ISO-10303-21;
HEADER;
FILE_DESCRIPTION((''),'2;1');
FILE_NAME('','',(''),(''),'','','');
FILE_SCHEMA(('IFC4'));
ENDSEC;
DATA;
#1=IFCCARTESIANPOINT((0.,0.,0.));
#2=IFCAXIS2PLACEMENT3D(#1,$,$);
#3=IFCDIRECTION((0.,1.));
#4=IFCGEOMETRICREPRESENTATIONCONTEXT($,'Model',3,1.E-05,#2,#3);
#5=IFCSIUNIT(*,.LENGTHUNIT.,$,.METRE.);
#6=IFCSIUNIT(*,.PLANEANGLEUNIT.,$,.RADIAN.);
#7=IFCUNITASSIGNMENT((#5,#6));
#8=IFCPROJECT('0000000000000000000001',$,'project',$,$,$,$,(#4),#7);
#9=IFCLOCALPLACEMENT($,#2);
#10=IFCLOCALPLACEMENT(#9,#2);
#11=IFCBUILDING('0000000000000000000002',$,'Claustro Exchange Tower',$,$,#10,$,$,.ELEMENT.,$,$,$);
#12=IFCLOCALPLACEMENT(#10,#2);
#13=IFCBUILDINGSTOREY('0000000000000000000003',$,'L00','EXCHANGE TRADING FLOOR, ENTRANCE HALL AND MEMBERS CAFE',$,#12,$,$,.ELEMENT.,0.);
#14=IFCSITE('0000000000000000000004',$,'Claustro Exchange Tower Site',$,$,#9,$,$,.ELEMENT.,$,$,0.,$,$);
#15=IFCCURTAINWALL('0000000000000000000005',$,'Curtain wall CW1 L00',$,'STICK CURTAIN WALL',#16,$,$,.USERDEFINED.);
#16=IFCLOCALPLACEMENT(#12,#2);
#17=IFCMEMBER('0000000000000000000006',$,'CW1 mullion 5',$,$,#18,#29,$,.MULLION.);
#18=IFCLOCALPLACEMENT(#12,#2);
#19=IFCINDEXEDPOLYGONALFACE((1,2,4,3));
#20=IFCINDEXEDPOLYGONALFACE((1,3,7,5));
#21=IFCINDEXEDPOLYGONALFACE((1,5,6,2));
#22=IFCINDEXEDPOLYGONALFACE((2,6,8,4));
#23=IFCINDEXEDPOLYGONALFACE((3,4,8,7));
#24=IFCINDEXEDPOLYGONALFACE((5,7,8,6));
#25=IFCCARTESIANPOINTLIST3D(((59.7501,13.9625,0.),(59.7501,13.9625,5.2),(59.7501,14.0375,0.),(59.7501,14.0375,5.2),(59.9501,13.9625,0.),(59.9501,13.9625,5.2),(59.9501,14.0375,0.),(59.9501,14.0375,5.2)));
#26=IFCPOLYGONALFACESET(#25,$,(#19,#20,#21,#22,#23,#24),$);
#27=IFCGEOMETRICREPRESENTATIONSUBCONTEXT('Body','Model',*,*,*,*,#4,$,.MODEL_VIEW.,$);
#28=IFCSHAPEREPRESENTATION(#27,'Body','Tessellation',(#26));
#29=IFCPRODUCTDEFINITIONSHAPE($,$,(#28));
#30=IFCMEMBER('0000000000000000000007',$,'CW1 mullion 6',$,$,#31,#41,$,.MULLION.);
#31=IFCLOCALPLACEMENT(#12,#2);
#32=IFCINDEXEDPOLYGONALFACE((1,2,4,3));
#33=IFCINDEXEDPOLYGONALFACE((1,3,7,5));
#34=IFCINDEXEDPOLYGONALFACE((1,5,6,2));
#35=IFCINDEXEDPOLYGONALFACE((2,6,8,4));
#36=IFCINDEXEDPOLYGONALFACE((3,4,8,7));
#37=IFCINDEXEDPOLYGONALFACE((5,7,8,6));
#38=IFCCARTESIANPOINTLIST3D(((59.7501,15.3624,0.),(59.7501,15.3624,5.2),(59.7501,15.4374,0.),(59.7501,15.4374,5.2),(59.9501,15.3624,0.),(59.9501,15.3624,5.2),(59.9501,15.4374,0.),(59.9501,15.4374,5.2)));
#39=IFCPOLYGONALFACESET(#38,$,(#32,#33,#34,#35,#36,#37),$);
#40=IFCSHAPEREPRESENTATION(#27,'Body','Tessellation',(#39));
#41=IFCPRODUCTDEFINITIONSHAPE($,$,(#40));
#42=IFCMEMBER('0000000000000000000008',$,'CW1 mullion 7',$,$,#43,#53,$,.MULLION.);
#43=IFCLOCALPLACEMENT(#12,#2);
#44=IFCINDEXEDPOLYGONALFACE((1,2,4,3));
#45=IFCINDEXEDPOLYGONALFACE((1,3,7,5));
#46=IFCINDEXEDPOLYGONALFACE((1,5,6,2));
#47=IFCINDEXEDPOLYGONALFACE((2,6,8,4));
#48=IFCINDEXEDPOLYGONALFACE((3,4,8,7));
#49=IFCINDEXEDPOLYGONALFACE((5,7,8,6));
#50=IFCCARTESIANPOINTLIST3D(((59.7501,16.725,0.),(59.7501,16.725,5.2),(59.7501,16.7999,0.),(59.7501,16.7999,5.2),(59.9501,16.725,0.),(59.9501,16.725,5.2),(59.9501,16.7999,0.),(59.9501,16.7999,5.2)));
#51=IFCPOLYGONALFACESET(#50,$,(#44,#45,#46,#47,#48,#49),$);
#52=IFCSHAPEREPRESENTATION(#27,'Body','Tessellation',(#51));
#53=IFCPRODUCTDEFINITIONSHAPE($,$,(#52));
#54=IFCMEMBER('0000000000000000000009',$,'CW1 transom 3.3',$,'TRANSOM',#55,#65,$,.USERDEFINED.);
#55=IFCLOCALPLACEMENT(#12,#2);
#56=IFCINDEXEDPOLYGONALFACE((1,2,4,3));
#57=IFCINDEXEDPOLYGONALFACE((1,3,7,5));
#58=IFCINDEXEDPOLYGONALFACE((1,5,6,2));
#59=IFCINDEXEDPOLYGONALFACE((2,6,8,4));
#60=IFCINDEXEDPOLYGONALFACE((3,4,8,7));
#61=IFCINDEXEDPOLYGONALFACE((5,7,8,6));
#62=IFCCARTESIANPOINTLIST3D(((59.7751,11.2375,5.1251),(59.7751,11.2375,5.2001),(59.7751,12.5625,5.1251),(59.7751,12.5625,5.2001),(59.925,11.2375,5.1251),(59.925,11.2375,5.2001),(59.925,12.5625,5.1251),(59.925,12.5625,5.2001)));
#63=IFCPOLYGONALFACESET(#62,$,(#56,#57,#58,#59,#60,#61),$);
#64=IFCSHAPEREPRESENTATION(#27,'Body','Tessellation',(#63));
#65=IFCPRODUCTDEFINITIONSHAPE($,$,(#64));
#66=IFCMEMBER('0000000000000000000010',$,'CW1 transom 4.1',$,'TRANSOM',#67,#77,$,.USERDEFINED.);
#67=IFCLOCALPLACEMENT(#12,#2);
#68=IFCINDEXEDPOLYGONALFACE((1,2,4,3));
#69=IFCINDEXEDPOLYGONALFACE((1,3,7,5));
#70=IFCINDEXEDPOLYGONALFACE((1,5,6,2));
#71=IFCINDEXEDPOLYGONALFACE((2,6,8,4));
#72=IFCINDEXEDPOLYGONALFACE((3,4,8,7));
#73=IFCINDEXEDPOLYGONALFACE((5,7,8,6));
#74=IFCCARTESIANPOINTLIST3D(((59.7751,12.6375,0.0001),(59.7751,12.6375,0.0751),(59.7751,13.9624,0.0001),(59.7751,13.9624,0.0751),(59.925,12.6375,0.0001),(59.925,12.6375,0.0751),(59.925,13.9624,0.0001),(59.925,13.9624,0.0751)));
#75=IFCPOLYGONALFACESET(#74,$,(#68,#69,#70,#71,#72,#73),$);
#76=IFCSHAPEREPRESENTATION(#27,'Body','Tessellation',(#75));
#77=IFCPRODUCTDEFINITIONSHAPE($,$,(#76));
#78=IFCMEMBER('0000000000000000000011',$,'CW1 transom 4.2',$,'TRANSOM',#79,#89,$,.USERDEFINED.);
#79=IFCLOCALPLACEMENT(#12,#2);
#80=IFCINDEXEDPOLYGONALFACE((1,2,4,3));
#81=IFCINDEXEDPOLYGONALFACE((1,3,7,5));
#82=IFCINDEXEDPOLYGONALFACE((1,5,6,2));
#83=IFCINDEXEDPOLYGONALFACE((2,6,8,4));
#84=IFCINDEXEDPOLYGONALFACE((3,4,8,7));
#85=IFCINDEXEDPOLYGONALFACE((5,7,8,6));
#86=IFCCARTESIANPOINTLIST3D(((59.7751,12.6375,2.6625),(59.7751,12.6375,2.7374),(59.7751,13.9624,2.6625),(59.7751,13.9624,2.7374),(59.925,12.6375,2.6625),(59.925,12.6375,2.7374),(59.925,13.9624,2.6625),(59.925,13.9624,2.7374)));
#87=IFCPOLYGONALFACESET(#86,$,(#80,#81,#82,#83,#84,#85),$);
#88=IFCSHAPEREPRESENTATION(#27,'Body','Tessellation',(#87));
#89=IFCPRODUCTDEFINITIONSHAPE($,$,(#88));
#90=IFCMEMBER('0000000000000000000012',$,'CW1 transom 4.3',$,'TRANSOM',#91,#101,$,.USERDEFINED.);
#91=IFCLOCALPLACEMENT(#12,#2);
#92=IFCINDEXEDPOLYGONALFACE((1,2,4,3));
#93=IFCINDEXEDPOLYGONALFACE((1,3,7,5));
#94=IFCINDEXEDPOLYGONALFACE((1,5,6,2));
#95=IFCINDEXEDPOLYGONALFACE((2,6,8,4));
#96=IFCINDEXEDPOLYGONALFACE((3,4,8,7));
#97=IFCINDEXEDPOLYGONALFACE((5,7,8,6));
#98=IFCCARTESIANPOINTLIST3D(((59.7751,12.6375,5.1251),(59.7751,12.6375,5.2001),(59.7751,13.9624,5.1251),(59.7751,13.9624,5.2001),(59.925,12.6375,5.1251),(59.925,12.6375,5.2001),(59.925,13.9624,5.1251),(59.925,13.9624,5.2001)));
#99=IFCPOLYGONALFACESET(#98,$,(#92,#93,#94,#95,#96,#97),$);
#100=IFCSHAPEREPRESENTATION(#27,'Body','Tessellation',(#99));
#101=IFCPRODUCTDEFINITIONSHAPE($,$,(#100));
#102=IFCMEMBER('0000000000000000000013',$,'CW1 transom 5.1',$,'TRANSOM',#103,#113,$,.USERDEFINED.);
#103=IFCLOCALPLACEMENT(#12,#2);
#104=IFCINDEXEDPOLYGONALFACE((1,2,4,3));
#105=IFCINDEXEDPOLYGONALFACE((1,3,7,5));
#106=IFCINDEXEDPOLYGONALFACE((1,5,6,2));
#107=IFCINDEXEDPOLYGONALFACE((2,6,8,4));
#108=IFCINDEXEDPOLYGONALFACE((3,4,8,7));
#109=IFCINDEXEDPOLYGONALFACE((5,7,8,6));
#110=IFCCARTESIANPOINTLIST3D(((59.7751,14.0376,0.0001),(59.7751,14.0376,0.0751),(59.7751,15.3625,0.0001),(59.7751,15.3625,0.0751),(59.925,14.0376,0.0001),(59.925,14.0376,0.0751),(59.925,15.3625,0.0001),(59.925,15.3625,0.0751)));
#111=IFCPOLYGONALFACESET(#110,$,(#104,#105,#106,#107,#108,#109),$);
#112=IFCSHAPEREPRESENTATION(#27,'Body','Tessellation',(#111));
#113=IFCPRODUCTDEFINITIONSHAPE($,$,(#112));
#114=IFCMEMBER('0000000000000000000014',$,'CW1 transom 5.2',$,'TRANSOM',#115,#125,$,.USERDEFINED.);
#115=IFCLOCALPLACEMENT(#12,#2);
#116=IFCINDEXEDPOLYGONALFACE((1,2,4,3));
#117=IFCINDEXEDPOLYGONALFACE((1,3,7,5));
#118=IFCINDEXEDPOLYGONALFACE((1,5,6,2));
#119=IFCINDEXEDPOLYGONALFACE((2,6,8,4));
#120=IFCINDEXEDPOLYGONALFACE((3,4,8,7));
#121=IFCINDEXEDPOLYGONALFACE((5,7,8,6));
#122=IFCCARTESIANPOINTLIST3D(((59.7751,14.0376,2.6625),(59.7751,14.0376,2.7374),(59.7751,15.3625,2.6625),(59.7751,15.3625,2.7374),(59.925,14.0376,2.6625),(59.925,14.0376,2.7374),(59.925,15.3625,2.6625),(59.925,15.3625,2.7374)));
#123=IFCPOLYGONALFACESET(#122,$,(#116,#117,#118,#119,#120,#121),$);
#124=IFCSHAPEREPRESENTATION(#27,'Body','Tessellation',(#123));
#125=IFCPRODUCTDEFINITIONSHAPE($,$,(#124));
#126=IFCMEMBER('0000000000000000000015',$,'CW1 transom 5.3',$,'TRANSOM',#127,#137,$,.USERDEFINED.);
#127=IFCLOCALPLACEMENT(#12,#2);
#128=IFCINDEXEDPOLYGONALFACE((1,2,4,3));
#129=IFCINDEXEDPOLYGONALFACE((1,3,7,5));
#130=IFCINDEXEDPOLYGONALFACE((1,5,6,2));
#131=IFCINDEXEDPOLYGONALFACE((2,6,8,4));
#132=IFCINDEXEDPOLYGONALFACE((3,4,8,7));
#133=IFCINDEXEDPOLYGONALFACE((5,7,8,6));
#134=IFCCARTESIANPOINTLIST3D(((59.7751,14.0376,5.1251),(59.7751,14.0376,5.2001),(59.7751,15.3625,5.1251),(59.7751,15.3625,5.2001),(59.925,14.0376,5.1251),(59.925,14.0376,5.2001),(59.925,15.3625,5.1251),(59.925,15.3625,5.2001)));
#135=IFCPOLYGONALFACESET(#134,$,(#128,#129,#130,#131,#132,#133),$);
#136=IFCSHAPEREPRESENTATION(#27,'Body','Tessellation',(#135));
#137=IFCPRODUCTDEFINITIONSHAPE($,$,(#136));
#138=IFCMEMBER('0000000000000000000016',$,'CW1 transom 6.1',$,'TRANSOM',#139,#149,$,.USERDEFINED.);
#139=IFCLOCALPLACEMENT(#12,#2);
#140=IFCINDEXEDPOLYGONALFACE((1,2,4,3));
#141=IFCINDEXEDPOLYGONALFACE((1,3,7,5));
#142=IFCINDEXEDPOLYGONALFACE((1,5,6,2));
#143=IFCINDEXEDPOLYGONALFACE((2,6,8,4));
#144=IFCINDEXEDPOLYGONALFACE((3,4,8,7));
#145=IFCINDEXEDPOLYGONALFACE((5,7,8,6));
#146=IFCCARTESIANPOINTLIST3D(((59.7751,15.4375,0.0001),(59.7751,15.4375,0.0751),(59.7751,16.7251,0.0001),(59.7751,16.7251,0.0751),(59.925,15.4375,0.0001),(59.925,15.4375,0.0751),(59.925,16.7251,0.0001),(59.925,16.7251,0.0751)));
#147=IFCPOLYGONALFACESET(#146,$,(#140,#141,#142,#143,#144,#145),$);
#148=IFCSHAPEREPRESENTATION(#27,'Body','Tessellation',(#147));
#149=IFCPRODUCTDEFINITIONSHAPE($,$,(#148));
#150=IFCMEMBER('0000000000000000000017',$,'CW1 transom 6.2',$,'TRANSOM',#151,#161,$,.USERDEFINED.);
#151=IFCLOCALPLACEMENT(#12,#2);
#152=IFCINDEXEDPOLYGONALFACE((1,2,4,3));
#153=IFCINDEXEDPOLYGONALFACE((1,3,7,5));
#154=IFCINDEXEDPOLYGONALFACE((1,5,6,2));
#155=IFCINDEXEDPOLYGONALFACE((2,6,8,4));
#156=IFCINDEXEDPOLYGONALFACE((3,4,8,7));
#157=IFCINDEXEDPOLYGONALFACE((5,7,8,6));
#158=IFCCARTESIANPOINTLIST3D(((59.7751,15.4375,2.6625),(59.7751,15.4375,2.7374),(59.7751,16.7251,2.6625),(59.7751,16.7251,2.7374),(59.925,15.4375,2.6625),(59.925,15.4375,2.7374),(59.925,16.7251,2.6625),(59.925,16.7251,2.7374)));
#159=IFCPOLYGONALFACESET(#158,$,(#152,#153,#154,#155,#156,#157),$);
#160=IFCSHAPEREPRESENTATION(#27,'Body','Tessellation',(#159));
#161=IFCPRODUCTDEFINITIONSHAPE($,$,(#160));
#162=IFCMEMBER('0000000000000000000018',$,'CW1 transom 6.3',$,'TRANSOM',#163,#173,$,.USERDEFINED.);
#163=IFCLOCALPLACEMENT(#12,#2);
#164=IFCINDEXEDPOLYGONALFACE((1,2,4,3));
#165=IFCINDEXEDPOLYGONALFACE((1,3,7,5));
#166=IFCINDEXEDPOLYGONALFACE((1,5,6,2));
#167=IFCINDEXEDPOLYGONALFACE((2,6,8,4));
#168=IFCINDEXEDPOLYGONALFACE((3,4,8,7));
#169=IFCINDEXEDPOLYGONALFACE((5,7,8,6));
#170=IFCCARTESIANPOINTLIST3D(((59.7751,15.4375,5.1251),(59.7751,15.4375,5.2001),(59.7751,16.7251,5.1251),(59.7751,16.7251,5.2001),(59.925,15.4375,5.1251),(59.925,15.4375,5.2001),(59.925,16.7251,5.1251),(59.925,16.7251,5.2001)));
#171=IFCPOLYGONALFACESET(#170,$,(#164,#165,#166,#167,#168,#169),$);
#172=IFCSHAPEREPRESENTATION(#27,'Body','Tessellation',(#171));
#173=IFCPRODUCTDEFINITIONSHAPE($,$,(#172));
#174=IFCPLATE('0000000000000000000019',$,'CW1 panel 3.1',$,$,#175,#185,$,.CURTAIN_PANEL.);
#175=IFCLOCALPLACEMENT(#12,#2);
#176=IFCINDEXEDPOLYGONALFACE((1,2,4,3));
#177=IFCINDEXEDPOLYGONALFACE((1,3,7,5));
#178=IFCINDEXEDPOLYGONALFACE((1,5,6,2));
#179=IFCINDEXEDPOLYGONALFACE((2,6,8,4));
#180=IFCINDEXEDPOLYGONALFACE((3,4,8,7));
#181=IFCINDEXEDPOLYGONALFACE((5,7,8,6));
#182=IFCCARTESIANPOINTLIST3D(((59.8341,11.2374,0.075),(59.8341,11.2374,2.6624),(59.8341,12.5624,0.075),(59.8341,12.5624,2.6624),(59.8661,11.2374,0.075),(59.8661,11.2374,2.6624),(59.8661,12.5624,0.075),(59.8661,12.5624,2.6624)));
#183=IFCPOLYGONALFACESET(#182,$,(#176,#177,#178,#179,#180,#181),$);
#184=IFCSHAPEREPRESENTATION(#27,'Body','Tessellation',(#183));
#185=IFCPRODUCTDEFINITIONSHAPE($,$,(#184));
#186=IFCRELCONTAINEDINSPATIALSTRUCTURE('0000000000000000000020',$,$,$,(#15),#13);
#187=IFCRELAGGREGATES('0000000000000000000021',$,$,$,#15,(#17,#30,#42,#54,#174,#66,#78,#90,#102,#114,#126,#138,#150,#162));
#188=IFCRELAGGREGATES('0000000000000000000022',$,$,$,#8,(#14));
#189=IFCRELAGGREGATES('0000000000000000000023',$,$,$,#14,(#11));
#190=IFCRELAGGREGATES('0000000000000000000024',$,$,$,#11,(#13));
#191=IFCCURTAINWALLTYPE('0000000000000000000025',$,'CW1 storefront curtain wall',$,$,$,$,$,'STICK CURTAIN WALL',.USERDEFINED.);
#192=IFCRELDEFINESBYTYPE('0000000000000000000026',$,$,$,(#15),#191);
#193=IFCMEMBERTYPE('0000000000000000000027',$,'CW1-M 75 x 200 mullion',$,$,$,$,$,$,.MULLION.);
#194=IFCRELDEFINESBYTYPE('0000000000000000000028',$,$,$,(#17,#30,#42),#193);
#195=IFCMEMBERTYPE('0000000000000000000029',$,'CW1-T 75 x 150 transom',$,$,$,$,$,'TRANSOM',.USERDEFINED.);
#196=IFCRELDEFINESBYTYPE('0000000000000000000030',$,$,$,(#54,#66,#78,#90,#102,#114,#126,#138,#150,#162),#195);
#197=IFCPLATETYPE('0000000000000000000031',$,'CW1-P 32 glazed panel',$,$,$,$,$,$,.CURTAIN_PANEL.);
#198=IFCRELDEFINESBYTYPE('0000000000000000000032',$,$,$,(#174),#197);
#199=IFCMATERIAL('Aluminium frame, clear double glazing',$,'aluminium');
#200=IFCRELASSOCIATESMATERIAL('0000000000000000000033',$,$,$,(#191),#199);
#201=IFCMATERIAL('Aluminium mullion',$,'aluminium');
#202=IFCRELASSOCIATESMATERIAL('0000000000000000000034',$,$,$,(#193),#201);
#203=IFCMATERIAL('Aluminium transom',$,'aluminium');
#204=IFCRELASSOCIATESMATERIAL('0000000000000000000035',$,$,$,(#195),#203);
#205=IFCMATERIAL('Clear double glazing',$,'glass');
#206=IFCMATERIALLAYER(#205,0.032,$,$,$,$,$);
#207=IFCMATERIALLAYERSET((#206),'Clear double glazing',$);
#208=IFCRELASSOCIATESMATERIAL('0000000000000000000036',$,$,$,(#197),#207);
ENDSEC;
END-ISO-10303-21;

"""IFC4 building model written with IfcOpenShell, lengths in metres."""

from ifc_helpers import new_model, si_unit, direction, frame, origin, origin_2d, place, context, subcontext, project, spatial, rectangle, extrude, material, layer, layer_set, material_profile, profile_set, type_object, element, aggregate, save


model = new_model("IFC4")

# Units and contexts
model_context = context("Model", 3, precision=1e-05, world=origin(), true_north=direction((0.0, 1.0)))
body_context = subcontext(model_context, "Body", "Model", "MODEL_VIEW")
ifc_project = project(units=[si_unit("LENGTHUNIT", "METRE"), si_unit("PLANEANGLEUNIT", "RADIAN")], contexts=[model_context])

# Site, building, storey
site_placement = place(None, origin())
site = spatial("IfcSite", under=ifc_project, at=site_placement, Name="Claustro Exchange Tower Site", CompositionType="ELEMENT", RefElevation=0.0)
building_placement = place(site_placement, origin())
building = spatial("IfcBuilding", under=site, at=building_placement, Name="Claustro Exchange Tower", CompositionType="ELEMENT")
storey_placement = place(building_placement, origin())
storey = spatial("IfcBuildingStorey", under=building, at=storey_placement, Name="L00", Description="EXCHANGE TRADING FLOOR, ENTRANCE HALL AND MEMBERS CAFE", CompositionType="ELEMENT", Elevation=0.0)

# Curtain wall, members, plate
ifc_material_1 = material(Name="Aluminium frame, clear double glazing", Category="aluminium")
curtain_wall_type = type_object("IfcCurtainWallType", Name="CW1 storefront curtain wall", ElementType="STICK CURTAIN WALL", PredefinedType="USERDEFINED", material=ifc_material_1)
curtain_wall_placement = place(storey_placement, origin())
curtain_wall = element("IfcCurtainWall", 1, at=curtain_wall_placement, inside=storey, type_object=curtain_wall_type, Name="Curtain wall CW1 L00", ObjectType="STICK CURTAIN WALL", PredefinedType="USERDEFINED")
ifc_material_2 = material(Name="Aluminium mullion", Category="aluminium")
ifc_material_profile_1 = material_profile(ifc_material_2, rectangle(XDim=0.2, YDim=0.075, at=origin_2d()), Name="CW1-M 75x200")
ifc_profile_set_1 = profile_set([ifc_material_profile_1], Name="Aluminium mullion")
member_type_1 = type_object("IfcMemberType", Name="CW1-M 75 x 200 mullion", PredefinedType="MULLION", material=ifc_profile_set_1)
member_1_placement = place(storey_placement, frame((59.8501, 14.0, 0.0), z_axis=(0.0, 0.0, 1.0), x_axis=(-1.0, 0.0, 0.0)))
member_1 = element("IfcMember", 2, at=member_1_placement, type_object=member_type_1, Name="CW1 mullion 5", PredefinedType="MULLION", context=body_context, shape_type="SweptSolid", body=[
    extrude(rectangle(XDim=0.2, YDim=0.075, at=origin_2d()), origin(), (0.0, 0.0, 1.0), 5.2),
])
member_2_placement = place(storey_placement, frame((59.8501, 15.3999, 0.0), z_axis=(0.0, 0.0, 1.0), x_axis=(-1.0, 0.0, 0.0)))
member_2 = element("IfcMember", 3, at=member_2_placement, type_object=member_type_1, Name="CW1 mullion 6", PredefinedType="MULLION", context=body_context, shape_type="SweptSolid", body=[
    extrude(rectangle(XDim=0.2, YDim=0.075, at=origin_2d()), origin(), (0.0, 0.0, 1.0), 5.2),
])
member_3_placement = place(storey_placement, frame((59.8501, 16.7625, 0.0), z_axis=(0.0, 0.0, 1.0), x_axis=(-1.0, 0.0, 0.0)))
member_3 = element("IfcMember", 4, at=member_3_placement, type_object=member_type_1, Name="CW1 mullion 7", PredefinedType="MULLION", context=body_context, shape_type="SweptSolid", body=[
    extrude(rectangle(XDim=0.2, YDim=0.075, at=origin_2d()), origin(), (0.0, 0.0, 1.0), 5.2),
])
ifc_material_3 = material(Name="Aluminium transom", Category="aluminium")
ifc_material_profile_2 = material_profile(ifc_material_3, rectangle(XDim=0.1499, YDim=0.075, at=origin_2d()), Name="CW1-T 75x150")
ifc_profile_set_2 = profile_set([ifc_material_profile_2], Name="Aluminium transom")
member_type_2 = type_object("IfcMemberType", Name="CW1-T 75 x 150 transom", ElementType="TRANSOM", PredefinedType="USERDEFINED", material=ifc_profile_set_2)
member_4_placement = place(storey_placement, frame((59.8501, 11.2375, 5.1626), z_axis=(0.0, 1.0, 0.0), x_axis=(-1.0, 0.0, 0.0)))
member_4 = element("IfcMember", 5, at=member_4_placement, type_object=member_type_2, Name="CW1 transom 3.3", ObjectType="TRANSOM", PredefinedType="USERDEFINED", context=body_context, shape_type="SweptSolid", body=[
    extrude(rectangle(XDim=0.1499, YDim=0.075, at=origin_2d()), origin(), (0.0, 0.0, 1.0), 1.325),
])
member_5_placement = place(storey_placement, frame((59.8501, 12.6375, 0.0376), z_axis=(0.0, 1.0, 0.0), x_axis=(-1.0, 0.0, 0.0)))
member_5 = element("IfcMember", 6, at=member_5_placement, type_object=member_type_2, Name="CW1 transom 4.1", ObjectType="TRANSOM", PredefinedType="USERDEFINED", context=body_context, shape_type="SweptSolid", body=[
    extrude(rectangle(XDim=0.1499, YDim=0.075, at=origin_2d()), origin(), (0.0, 0.0, 1.0), 1.325),
])
member_6_placement = place(storey_placement, frame((59.8501, 12.6375, 2.7), z_axis=(0.0, 1.0, 0.0), x_axis=(-1.0, 0.0, 0.0)))
member_6 = element("IfcMember", 7, at=member_6_placement, type_object=member_type_2, Name="CW1 transom 4.2", ObjectType="TRANSOM", PredefinedType="USERDEFINED", context=body_context, shape_type="SweptSolid", body=[
    extrude(rectangle(XDim=0.1499, YDim=0.075, at=origin_2d()), origin(), (0.0, 0.0, 1.0), 1.325),
])
member_7_placement = place(storey_placement, frame((59.8501, 12.6375, 5.1626), z_axis=(0.0, 1.0, 0.0), x_axis=(-1.0, 0.0, 0.0)))
member_7 = element("IfcMember", 8, at=member_7_placement, type_object=member_type_2, Name="CW1 transom 4.3", ObjectType="TRANSOM", PredefinedType="USERDEFINED", context=body_context, shape_type="SweptSolid", body=[
    extrude(rectangle(XDim=0.1499, YDim=0.075, at=origin_2d()), origin(), (0.0, 0.0, 1.0), 1.325),
])
member_8_placement = place(storey_placement, frame((59.8501, 14.0376, 0.0376), z_axis=(0.0, 1.0, 0.0), x_axis=(-1.0, 0.0, 0.0)))
member_8 = element("IfcMember", 9, at=member_8_placement, type_object=member_type_2, Name="CW1 transom 5.1", ObjectType="TRANSOM", PredefinedType="USERDEFINED", context=body_context, shape_type="SweptSolid", body=[
    extrude(rectangle(XDim=0.1499, YDim=0.075, at=origin_2d()), origin(), (0.0, 0.0, 1.0), 1.325),
])
member_9_placement = place(storey_placement, frame((59.8501, 14.0376, 2.7), z_axis=(0.0, 1.0, 0.0), x_axis=(-1.0, 0.0, 0.0)))
member_9 = element("IfcMember", 10, at=member_9_placement, type_object=member_type_2, Name="CW1 transom 5.2", ObjectType="TRANSOM", PredefinedType="USERDEFINED", context=body_context, shape_type="SweptSolid", body=[
    extrude(rectangle(XDim=0.1499, YDim=0.075, at=origin_2d()), origin(), (0.0, 0.0, 1.0), 1.325),
])
member_10_placement = place(storey_placement, frame((59.8501, 14.0376, 5.1626), z_axis=(0.0, 1.0, 0.0), x_axis=(-1.0, 0.0, 0.0)))
member_10 = element("IfcMember", 11, at=member_10_placement, type_object=member_type_2, Name="CW1 transom 5.3", ObjectType="TRANSOM", PredefinedType="USERDEFINED", context=body_context, shape_type="SweptSolid", body=[
    extrude(rectangle(XDim=0.1499, YDim=0.075, at=origin_2d()), origin(), (0.0, 0.0, 1.0), 1.325),
])
member_11_placement = place(storey_placement, frame((59.8501, 15.4375, 0.0376), z_axis=(0.0, 1.0, 0.0), x_axis=(-1.0, 0.0, 0.0)))
member_11 = element("IfcMember", 12, at=member_11_placement, type_object=member_type_2, Name="CW1 transom 6.1", ObjectType="TRANSOM", PredefinedType="USERDEFINED", context=body_context, shape_type="SweptSolid", body=[
    extrude(rectangle(XDim=0.1499, YDim=0.075, at=origin_2d()), origin(), (0.0, 0.0, 1.0), 1.2876),
])
member_12_placement = place(storey_placement, frame((59.8501, 15.4375, 2.7), z_axis=(0.0, 1.0, 0.0), x_axis=(-1.0, 0.0, 0.0)))
member_12 = element("IfcMember", 13, at=member_12_placement, type_object=member_type_2, Name="CW1 transom 6.2", ObjectType="TRANSOM", PredefinedType="USERDEFINED", context=body_context, shape_type="SweptSolid", body=[
    extrude(rectangle(XDim=0.1499, YDim=0.075, at=origin_2d()), origin(), (0.0, 0.0, 1.0), 1.2876),
])
member_13_placement = place(storey_placement, frame((59.8501, 15.4375, 5.1626), z_axis=(0.0, 1.0, 0.0), x_axis=(-1.0, 0.0, 0.0)))
member_13 = element("IfcMember", 14, at=member_13_placement, type_object=member_type_2, Name="CW1 transom 6.3", ObjectType="TRANSOM", PredefinedType="USERDEFINED", context=body_context, shape_type="SweptSolid", body=[
    extrude(rectangle(XDim=0.1499, YDim=0.075, at=origin_2d()), origin(), (0.0, 0.0, 1.0), 1.2876),
])
ifc_material_4 = material(Name="Clear double glazing", Category="glass")
ifc_layer_1 = layer(ifc_material_4, 0.032)
ifc_layer_set_1 = layer_set([ifc_layer_1], Name="Clear double glazing")
plate_type = type_object("IfcPlateType", Name="CW1-P 32 glazed panel", PredefinedType="CURTAIN_PANEL", material=ifc_layer_set_1)
plate_1_placement = place(storey_placement, frame((59.8501, 11.8999, 0.075), z_axis=(0.0, 0.0, 1.0), x_axis=(0.0, 1.0, 0.0)))
plate_1 = element("IfcPlate", 15, at=plate_1_placement, type_object=plate_type, Name="CW1 panel 3.1", PredefinedType="CURTAIN_PANEL", context=body_context, shape_type="SweptSolid", body=[
    extrude(rectangle(XDim=1.325, YDim=0.032, at=origin_2d()), origin(), (0.0, 0.0, 1.0), 2.5874),
])
aggregate(curtain_wall, [member_1, member_2, member_3, member_4, plate_1, member_5, member_6, member_7, member_8, member_9, member_10, member_11, member_12, member_13])

save(model, "model.ifc")
